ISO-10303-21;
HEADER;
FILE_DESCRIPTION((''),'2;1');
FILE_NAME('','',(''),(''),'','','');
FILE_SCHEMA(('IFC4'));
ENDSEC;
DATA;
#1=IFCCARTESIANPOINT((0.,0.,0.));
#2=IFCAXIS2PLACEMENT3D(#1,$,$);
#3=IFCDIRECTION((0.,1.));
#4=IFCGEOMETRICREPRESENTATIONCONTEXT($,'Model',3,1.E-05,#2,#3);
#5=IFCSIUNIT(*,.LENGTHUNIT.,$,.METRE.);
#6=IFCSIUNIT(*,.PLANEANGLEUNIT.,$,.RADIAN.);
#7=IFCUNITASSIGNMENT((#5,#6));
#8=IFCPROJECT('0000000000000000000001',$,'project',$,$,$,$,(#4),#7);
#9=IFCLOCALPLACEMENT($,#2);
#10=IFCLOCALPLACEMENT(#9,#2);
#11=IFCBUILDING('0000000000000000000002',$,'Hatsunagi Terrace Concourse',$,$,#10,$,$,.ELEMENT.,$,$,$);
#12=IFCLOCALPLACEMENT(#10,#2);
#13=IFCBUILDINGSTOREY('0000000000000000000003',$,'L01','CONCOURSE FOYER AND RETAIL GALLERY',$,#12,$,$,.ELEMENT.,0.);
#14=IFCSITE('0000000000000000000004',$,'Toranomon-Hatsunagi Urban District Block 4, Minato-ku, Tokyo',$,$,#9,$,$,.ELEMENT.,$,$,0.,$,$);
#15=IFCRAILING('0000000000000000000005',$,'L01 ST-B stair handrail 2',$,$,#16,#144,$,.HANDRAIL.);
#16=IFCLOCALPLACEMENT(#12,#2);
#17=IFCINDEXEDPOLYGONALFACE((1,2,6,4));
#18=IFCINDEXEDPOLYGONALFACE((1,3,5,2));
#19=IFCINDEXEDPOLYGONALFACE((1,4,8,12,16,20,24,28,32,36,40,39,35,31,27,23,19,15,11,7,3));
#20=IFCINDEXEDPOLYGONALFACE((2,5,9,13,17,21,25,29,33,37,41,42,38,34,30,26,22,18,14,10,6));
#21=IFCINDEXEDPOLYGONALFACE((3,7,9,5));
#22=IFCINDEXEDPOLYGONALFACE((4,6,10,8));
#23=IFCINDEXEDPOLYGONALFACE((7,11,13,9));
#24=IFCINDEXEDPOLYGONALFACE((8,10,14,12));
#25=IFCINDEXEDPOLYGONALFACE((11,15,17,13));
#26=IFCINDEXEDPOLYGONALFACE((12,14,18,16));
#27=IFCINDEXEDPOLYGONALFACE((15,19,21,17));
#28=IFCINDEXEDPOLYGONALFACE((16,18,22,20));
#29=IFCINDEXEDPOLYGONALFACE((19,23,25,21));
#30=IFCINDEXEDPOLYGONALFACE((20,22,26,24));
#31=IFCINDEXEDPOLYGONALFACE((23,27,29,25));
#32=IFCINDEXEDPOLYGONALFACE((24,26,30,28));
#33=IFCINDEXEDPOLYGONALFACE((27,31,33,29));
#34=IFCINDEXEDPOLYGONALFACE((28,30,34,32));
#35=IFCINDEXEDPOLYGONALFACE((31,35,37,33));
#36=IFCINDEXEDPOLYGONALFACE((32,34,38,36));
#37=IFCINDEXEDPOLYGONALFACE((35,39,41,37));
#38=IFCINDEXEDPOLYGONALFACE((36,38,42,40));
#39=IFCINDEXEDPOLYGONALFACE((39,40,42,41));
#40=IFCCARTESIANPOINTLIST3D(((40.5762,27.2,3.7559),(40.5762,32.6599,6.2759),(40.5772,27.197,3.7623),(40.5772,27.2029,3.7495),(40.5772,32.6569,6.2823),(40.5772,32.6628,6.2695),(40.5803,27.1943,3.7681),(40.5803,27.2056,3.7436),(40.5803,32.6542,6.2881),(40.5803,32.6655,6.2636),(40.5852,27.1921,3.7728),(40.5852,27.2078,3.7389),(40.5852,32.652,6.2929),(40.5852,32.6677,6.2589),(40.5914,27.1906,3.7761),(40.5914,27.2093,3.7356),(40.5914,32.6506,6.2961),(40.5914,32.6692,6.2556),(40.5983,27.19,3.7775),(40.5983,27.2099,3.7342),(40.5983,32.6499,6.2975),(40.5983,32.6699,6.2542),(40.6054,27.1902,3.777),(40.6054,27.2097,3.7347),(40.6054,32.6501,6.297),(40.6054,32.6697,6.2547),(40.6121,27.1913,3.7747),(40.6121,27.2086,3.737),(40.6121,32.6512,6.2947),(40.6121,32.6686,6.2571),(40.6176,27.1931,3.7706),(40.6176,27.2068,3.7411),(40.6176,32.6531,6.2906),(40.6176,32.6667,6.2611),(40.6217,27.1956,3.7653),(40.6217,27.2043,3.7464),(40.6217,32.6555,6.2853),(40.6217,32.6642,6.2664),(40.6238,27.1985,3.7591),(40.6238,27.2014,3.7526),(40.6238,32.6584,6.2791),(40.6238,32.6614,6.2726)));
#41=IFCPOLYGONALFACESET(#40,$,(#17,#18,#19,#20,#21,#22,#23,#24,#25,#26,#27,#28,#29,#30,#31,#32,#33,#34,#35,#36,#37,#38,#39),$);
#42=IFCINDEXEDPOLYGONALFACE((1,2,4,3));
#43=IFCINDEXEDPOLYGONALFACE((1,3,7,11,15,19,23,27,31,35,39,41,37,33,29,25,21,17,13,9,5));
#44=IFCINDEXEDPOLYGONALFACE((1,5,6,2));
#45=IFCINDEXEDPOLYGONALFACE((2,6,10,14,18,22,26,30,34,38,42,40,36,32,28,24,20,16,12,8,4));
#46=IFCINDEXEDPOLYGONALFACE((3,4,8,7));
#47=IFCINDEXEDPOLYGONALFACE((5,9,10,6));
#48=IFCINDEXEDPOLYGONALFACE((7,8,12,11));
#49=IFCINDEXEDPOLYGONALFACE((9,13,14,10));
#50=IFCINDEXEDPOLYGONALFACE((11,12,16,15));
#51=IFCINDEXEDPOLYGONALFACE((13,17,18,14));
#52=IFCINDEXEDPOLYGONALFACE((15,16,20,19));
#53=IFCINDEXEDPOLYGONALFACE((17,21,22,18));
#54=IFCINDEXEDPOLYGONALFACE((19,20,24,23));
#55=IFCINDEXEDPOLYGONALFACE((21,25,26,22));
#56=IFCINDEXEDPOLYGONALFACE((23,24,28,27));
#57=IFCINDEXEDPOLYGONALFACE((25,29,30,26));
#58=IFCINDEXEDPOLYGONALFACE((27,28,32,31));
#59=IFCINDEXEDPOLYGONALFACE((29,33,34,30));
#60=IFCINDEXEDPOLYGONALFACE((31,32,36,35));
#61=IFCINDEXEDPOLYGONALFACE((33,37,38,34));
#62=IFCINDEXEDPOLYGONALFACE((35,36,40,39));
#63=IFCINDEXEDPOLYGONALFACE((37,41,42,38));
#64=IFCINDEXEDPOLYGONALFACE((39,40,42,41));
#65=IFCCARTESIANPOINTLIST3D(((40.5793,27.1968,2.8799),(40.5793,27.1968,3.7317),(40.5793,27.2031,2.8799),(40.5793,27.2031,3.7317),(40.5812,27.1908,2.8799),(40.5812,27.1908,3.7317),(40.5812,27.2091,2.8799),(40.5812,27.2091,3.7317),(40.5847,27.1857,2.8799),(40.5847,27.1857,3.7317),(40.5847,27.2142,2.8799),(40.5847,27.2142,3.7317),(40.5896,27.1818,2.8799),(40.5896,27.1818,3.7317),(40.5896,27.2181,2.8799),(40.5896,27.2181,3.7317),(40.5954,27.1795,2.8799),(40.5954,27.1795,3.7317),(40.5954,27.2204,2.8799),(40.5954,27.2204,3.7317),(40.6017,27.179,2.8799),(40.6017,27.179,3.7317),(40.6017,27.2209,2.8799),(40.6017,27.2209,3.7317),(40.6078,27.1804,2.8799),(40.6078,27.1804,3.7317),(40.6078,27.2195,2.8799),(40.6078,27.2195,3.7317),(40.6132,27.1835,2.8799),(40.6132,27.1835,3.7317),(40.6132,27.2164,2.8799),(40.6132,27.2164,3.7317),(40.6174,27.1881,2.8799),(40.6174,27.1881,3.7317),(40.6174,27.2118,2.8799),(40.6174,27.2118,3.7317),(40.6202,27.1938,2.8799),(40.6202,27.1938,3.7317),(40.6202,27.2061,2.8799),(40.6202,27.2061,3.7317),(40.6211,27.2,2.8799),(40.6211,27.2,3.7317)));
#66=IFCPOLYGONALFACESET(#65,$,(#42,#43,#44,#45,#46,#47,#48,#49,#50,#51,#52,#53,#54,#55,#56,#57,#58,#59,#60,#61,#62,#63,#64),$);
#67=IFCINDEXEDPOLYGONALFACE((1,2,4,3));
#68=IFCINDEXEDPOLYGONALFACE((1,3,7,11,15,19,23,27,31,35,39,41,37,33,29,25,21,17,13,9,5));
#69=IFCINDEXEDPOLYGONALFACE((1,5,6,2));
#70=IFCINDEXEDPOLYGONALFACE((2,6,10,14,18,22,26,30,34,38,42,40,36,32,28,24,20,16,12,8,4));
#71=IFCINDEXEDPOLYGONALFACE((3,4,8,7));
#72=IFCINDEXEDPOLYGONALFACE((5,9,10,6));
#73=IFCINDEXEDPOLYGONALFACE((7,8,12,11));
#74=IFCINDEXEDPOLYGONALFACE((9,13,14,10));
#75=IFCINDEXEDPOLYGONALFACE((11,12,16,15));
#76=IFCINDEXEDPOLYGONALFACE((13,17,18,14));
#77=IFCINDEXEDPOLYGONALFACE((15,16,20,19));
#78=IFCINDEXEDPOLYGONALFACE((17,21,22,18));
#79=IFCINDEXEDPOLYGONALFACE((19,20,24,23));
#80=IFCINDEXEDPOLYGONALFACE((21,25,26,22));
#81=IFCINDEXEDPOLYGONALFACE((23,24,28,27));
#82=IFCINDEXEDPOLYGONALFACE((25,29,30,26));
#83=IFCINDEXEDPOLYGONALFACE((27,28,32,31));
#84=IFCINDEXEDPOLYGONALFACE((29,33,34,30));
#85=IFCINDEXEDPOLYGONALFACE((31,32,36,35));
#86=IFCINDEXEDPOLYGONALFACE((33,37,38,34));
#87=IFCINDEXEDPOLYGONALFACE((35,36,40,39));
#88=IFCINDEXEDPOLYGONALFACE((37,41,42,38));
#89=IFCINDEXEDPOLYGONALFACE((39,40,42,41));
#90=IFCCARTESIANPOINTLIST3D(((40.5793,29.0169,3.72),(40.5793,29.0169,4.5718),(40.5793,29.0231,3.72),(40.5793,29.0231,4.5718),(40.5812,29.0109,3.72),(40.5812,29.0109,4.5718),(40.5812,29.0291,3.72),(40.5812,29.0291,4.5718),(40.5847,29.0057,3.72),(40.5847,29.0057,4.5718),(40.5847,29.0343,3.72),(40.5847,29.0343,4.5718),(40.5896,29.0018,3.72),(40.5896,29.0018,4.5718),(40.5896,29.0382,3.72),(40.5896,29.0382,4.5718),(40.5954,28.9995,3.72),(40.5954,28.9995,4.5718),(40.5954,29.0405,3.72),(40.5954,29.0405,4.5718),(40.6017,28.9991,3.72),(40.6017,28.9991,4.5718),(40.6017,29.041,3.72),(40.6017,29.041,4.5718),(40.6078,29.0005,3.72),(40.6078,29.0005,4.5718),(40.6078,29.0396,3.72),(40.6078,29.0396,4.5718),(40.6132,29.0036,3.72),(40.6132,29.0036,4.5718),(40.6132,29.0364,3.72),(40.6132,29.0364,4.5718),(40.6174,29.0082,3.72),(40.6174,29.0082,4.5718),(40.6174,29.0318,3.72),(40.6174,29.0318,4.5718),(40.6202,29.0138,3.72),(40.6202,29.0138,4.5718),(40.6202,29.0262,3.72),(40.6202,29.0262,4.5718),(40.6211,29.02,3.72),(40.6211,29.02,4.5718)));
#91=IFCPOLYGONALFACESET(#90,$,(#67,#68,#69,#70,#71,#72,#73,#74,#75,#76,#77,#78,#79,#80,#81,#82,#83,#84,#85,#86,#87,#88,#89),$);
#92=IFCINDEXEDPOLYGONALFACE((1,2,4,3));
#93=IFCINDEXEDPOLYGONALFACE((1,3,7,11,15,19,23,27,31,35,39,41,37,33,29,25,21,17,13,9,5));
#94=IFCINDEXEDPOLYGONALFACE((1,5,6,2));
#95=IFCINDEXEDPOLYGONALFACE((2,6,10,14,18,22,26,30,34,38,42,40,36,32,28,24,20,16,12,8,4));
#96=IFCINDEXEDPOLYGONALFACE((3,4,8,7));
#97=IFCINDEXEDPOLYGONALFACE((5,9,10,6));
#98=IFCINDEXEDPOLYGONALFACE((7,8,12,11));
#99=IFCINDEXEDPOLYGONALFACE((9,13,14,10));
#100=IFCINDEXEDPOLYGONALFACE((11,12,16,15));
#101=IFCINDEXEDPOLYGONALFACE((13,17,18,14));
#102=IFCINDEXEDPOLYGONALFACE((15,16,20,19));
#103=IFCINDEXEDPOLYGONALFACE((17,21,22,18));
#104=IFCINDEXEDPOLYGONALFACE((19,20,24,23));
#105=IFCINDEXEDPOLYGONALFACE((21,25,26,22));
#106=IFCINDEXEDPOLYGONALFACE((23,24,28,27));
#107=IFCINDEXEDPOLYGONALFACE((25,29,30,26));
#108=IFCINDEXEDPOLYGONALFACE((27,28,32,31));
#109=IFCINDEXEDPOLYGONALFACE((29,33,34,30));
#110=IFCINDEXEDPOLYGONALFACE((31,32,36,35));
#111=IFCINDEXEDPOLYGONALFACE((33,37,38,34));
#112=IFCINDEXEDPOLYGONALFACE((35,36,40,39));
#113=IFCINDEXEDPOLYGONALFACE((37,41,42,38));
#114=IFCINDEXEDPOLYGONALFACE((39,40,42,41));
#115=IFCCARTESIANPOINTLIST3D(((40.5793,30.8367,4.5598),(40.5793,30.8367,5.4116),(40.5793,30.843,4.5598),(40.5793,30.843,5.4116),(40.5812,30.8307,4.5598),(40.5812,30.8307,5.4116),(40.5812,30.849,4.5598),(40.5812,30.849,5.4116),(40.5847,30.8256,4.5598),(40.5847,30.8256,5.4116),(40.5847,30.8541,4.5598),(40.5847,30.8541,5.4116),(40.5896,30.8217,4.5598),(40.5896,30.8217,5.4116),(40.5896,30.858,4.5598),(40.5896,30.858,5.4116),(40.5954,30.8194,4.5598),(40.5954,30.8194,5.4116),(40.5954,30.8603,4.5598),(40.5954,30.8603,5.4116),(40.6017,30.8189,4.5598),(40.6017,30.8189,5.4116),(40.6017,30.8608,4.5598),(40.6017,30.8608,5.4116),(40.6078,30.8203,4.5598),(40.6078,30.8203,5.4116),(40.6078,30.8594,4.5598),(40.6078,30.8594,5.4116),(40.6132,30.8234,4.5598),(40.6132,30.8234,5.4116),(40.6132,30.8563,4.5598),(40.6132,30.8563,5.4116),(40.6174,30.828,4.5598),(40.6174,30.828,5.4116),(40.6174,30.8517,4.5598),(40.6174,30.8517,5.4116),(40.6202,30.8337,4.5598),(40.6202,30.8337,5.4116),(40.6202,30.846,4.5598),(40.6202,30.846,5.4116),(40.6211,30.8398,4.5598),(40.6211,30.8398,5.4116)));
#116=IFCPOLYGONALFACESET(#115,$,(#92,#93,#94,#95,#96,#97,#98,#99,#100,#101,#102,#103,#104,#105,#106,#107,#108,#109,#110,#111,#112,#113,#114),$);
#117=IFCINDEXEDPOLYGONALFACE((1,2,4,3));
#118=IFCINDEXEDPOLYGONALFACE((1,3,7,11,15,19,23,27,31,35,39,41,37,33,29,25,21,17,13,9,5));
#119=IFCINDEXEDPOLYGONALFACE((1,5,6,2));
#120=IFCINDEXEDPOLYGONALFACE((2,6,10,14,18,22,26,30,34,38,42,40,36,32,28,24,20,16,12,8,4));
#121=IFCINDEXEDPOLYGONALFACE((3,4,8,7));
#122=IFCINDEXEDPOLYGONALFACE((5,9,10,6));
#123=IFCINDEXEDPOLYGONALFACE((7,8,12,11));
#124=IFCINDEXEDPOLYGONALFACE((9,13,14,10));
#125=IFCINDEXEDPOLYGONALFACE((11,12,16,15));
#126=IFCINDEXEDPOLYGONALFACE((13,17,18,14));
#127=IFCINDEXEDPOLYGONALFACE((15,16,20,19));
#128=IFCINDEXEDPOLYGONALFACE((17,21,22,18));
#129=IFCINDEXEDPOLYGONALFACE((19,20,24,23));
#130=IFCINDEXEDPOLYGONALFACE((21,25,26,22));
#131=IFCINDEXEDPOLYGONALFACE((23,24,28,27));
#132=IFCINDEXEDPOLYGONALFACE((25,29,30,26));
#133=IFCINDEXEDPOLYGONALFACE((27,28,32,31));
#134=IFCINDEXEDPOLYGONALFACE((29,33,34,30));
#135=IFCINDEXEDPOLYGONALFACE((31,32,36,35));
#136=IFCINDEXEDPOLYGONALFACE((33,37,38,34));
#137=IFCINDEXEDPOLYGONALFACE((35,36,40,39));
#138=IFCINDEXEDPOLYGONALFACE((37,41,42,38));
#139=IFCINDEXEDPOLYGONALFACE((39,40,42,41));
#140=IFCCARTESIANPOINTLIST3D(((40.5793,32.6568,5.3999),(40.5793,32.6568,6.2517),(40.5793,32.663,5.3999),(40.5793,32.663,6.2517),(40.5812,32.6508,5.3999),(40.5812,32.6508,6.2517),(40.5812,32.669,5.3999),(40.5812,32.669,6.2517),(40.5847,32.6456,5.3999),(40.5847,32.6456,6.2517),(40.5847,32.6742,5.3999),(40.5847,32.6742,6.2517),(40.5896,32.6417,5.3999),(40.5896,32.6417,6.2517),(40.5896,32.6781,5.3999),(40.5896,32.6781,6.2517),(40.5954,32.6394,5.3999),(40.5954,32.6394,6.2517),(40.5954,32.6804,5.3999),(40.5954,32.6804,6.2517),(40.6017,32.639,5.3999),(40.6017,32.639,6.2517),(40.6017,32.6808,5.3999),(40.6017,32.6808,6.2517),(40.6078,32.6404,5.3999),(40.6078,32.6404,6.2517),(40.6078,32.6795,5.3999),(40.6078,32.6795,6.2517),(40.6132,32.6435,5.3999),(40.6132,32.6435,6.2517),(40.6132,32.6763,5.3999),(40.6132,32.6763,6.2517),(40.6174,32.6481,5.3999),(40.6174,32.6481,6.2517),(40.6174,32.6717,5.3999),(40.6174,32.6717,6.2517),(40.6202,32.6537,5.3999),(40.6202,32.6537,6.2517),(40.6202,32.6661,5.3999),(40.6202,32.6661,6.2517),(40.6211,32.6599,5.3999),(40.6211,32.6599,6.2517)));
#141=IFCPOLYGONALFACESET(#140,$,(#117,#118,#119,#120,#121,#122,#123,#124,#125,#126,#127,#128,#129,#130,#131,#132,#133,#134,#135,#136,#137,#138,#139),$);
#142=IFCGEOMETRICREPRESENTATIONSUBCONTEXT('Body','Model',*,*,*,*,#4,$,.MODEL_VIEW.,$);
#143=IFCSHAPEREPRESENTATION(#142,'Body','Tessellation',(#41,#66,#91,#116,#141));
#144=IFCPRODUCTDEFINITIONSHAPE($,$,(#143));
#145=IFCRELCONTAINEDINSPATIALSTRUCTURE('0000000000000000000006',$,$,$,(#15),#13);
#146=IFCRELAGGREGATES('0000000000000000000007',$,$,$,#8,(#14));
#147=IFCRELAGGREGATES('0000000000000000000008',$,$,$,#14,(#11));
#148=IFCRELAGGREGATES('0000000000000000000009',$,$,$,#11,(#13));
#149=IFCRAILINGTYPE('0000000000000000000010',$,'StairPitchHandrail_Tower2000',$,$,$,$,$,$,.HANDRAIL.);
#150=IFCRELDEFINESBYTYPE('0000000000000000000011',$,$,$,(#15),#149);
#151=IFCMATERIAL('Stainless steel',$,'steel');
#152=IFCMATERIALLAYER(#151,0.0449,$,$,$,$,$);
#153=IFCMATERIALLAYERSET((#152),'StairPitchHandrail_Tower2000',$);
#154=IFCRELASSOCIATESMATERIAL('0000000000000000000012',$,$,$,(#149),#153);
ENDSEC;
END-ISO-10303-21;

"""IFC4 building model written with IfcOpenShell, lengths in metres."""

from ifc_helpers import new_model, si_unit, direction, frame, origin, origin_2d, place, context, subcontext, project, spatial, circle, extrude, material, layer, layer_set, type_object, element, save


model = new_model("IFC4")

# Units and contexts
model_context = context("Model", 3, precision=1e-05, world=origin(), true_north=direction((0.0, 1.0)))
body_context = subcontext(model_context, "Body", "Model", "MODEL_VIEW")
ifc_project = project(units=[si_unit("LENGTHUNIT", "METRE"), si_unit("PLANEANGLEUNIT", "RADIAN")], contexts=[model_context])

# Site, building, storey
site_placement = place(None, origin())
site = spatial("IfcSite", under=ifc_project, at=site_placement, Name="Toranomon-Hatsunagi Urban District Block 4, Minato-ku, Tokyo", CompositionType="ELEMENT", RefElevation=0.0)
building_placement = place(site_placement, origin())
building = spatial("IfcBuilding", under=site, at=building_placement, Name="Hatsunagi Terrace Concourse", CompositionType="ELEMENT")
storey_placement = place(building_placement, origin())
storey = spatial("IfcBuildingStorey", under=building, at=storey_placement, Name="L01", Description="CONCOURSE FOYER AND RETAIL GALLERY", CompositionType="ELEMENT", Elevation=0.0)

# Railing
ifc_material_1 = material(Name="Stainless steel", Category="steel")
ifc_layer_1 = layer(ifc_material_1, 0.0449)
ifc_layer_set_1 = layer_set([ifc_layer_1], Name="StairPitchHandrail_Tower2000")
railing_type_1 = type_object("IfcRailingType", Name="StairPitchHandrail_Tower2000", PredefinedType="HANDRAIL", material=ifc_layer_set_1)
railing_1_placement = place(storey_placement, frame((40.6001, 27.2, 2.8799)))
element("IfcRailing", 1, at=railing_1_placement, inside=storey, type_object=railing_type_1, Name="L01 ST-B stair handrail 2", PredefinedType="HANDRAIL", context=body_context, shape_type="SweptSolid", body=[
    extrude(circle(Radius=0.0239, at=origin_2d()), frame((0.0, 0.0, 0.876), z_axis=(0.0, 0.907957, 0.419063), x_axis=(-1.0, 0.0, 0.0)), (0.0, 0.0, 1.0), 6.0134),
    extrude(circle(Radius=0.021, at=origin_2d()), origin(), (0.0, 0.0, 1.0), 0.8518),
    extrude(circle(Radius=0.021, at=origin_2d()), frame((0.0, 1.8201, 0.8401)), (0.0, 0.0, 1.0), 0.8518),
    extrude(circle(Radius=0.021, at=origin_2d()), frame((0.0, 3.6399, 1.6799)), (0.0, 0.0, 1.0), 0.8518),
    extrude(circle(Radius=0.021, at=origin_2d()), frame((0.0, 5.46, 2.52)), (0.0, 0.0, 1.0), 0.8518),
])

save(model, "model.ifc")
